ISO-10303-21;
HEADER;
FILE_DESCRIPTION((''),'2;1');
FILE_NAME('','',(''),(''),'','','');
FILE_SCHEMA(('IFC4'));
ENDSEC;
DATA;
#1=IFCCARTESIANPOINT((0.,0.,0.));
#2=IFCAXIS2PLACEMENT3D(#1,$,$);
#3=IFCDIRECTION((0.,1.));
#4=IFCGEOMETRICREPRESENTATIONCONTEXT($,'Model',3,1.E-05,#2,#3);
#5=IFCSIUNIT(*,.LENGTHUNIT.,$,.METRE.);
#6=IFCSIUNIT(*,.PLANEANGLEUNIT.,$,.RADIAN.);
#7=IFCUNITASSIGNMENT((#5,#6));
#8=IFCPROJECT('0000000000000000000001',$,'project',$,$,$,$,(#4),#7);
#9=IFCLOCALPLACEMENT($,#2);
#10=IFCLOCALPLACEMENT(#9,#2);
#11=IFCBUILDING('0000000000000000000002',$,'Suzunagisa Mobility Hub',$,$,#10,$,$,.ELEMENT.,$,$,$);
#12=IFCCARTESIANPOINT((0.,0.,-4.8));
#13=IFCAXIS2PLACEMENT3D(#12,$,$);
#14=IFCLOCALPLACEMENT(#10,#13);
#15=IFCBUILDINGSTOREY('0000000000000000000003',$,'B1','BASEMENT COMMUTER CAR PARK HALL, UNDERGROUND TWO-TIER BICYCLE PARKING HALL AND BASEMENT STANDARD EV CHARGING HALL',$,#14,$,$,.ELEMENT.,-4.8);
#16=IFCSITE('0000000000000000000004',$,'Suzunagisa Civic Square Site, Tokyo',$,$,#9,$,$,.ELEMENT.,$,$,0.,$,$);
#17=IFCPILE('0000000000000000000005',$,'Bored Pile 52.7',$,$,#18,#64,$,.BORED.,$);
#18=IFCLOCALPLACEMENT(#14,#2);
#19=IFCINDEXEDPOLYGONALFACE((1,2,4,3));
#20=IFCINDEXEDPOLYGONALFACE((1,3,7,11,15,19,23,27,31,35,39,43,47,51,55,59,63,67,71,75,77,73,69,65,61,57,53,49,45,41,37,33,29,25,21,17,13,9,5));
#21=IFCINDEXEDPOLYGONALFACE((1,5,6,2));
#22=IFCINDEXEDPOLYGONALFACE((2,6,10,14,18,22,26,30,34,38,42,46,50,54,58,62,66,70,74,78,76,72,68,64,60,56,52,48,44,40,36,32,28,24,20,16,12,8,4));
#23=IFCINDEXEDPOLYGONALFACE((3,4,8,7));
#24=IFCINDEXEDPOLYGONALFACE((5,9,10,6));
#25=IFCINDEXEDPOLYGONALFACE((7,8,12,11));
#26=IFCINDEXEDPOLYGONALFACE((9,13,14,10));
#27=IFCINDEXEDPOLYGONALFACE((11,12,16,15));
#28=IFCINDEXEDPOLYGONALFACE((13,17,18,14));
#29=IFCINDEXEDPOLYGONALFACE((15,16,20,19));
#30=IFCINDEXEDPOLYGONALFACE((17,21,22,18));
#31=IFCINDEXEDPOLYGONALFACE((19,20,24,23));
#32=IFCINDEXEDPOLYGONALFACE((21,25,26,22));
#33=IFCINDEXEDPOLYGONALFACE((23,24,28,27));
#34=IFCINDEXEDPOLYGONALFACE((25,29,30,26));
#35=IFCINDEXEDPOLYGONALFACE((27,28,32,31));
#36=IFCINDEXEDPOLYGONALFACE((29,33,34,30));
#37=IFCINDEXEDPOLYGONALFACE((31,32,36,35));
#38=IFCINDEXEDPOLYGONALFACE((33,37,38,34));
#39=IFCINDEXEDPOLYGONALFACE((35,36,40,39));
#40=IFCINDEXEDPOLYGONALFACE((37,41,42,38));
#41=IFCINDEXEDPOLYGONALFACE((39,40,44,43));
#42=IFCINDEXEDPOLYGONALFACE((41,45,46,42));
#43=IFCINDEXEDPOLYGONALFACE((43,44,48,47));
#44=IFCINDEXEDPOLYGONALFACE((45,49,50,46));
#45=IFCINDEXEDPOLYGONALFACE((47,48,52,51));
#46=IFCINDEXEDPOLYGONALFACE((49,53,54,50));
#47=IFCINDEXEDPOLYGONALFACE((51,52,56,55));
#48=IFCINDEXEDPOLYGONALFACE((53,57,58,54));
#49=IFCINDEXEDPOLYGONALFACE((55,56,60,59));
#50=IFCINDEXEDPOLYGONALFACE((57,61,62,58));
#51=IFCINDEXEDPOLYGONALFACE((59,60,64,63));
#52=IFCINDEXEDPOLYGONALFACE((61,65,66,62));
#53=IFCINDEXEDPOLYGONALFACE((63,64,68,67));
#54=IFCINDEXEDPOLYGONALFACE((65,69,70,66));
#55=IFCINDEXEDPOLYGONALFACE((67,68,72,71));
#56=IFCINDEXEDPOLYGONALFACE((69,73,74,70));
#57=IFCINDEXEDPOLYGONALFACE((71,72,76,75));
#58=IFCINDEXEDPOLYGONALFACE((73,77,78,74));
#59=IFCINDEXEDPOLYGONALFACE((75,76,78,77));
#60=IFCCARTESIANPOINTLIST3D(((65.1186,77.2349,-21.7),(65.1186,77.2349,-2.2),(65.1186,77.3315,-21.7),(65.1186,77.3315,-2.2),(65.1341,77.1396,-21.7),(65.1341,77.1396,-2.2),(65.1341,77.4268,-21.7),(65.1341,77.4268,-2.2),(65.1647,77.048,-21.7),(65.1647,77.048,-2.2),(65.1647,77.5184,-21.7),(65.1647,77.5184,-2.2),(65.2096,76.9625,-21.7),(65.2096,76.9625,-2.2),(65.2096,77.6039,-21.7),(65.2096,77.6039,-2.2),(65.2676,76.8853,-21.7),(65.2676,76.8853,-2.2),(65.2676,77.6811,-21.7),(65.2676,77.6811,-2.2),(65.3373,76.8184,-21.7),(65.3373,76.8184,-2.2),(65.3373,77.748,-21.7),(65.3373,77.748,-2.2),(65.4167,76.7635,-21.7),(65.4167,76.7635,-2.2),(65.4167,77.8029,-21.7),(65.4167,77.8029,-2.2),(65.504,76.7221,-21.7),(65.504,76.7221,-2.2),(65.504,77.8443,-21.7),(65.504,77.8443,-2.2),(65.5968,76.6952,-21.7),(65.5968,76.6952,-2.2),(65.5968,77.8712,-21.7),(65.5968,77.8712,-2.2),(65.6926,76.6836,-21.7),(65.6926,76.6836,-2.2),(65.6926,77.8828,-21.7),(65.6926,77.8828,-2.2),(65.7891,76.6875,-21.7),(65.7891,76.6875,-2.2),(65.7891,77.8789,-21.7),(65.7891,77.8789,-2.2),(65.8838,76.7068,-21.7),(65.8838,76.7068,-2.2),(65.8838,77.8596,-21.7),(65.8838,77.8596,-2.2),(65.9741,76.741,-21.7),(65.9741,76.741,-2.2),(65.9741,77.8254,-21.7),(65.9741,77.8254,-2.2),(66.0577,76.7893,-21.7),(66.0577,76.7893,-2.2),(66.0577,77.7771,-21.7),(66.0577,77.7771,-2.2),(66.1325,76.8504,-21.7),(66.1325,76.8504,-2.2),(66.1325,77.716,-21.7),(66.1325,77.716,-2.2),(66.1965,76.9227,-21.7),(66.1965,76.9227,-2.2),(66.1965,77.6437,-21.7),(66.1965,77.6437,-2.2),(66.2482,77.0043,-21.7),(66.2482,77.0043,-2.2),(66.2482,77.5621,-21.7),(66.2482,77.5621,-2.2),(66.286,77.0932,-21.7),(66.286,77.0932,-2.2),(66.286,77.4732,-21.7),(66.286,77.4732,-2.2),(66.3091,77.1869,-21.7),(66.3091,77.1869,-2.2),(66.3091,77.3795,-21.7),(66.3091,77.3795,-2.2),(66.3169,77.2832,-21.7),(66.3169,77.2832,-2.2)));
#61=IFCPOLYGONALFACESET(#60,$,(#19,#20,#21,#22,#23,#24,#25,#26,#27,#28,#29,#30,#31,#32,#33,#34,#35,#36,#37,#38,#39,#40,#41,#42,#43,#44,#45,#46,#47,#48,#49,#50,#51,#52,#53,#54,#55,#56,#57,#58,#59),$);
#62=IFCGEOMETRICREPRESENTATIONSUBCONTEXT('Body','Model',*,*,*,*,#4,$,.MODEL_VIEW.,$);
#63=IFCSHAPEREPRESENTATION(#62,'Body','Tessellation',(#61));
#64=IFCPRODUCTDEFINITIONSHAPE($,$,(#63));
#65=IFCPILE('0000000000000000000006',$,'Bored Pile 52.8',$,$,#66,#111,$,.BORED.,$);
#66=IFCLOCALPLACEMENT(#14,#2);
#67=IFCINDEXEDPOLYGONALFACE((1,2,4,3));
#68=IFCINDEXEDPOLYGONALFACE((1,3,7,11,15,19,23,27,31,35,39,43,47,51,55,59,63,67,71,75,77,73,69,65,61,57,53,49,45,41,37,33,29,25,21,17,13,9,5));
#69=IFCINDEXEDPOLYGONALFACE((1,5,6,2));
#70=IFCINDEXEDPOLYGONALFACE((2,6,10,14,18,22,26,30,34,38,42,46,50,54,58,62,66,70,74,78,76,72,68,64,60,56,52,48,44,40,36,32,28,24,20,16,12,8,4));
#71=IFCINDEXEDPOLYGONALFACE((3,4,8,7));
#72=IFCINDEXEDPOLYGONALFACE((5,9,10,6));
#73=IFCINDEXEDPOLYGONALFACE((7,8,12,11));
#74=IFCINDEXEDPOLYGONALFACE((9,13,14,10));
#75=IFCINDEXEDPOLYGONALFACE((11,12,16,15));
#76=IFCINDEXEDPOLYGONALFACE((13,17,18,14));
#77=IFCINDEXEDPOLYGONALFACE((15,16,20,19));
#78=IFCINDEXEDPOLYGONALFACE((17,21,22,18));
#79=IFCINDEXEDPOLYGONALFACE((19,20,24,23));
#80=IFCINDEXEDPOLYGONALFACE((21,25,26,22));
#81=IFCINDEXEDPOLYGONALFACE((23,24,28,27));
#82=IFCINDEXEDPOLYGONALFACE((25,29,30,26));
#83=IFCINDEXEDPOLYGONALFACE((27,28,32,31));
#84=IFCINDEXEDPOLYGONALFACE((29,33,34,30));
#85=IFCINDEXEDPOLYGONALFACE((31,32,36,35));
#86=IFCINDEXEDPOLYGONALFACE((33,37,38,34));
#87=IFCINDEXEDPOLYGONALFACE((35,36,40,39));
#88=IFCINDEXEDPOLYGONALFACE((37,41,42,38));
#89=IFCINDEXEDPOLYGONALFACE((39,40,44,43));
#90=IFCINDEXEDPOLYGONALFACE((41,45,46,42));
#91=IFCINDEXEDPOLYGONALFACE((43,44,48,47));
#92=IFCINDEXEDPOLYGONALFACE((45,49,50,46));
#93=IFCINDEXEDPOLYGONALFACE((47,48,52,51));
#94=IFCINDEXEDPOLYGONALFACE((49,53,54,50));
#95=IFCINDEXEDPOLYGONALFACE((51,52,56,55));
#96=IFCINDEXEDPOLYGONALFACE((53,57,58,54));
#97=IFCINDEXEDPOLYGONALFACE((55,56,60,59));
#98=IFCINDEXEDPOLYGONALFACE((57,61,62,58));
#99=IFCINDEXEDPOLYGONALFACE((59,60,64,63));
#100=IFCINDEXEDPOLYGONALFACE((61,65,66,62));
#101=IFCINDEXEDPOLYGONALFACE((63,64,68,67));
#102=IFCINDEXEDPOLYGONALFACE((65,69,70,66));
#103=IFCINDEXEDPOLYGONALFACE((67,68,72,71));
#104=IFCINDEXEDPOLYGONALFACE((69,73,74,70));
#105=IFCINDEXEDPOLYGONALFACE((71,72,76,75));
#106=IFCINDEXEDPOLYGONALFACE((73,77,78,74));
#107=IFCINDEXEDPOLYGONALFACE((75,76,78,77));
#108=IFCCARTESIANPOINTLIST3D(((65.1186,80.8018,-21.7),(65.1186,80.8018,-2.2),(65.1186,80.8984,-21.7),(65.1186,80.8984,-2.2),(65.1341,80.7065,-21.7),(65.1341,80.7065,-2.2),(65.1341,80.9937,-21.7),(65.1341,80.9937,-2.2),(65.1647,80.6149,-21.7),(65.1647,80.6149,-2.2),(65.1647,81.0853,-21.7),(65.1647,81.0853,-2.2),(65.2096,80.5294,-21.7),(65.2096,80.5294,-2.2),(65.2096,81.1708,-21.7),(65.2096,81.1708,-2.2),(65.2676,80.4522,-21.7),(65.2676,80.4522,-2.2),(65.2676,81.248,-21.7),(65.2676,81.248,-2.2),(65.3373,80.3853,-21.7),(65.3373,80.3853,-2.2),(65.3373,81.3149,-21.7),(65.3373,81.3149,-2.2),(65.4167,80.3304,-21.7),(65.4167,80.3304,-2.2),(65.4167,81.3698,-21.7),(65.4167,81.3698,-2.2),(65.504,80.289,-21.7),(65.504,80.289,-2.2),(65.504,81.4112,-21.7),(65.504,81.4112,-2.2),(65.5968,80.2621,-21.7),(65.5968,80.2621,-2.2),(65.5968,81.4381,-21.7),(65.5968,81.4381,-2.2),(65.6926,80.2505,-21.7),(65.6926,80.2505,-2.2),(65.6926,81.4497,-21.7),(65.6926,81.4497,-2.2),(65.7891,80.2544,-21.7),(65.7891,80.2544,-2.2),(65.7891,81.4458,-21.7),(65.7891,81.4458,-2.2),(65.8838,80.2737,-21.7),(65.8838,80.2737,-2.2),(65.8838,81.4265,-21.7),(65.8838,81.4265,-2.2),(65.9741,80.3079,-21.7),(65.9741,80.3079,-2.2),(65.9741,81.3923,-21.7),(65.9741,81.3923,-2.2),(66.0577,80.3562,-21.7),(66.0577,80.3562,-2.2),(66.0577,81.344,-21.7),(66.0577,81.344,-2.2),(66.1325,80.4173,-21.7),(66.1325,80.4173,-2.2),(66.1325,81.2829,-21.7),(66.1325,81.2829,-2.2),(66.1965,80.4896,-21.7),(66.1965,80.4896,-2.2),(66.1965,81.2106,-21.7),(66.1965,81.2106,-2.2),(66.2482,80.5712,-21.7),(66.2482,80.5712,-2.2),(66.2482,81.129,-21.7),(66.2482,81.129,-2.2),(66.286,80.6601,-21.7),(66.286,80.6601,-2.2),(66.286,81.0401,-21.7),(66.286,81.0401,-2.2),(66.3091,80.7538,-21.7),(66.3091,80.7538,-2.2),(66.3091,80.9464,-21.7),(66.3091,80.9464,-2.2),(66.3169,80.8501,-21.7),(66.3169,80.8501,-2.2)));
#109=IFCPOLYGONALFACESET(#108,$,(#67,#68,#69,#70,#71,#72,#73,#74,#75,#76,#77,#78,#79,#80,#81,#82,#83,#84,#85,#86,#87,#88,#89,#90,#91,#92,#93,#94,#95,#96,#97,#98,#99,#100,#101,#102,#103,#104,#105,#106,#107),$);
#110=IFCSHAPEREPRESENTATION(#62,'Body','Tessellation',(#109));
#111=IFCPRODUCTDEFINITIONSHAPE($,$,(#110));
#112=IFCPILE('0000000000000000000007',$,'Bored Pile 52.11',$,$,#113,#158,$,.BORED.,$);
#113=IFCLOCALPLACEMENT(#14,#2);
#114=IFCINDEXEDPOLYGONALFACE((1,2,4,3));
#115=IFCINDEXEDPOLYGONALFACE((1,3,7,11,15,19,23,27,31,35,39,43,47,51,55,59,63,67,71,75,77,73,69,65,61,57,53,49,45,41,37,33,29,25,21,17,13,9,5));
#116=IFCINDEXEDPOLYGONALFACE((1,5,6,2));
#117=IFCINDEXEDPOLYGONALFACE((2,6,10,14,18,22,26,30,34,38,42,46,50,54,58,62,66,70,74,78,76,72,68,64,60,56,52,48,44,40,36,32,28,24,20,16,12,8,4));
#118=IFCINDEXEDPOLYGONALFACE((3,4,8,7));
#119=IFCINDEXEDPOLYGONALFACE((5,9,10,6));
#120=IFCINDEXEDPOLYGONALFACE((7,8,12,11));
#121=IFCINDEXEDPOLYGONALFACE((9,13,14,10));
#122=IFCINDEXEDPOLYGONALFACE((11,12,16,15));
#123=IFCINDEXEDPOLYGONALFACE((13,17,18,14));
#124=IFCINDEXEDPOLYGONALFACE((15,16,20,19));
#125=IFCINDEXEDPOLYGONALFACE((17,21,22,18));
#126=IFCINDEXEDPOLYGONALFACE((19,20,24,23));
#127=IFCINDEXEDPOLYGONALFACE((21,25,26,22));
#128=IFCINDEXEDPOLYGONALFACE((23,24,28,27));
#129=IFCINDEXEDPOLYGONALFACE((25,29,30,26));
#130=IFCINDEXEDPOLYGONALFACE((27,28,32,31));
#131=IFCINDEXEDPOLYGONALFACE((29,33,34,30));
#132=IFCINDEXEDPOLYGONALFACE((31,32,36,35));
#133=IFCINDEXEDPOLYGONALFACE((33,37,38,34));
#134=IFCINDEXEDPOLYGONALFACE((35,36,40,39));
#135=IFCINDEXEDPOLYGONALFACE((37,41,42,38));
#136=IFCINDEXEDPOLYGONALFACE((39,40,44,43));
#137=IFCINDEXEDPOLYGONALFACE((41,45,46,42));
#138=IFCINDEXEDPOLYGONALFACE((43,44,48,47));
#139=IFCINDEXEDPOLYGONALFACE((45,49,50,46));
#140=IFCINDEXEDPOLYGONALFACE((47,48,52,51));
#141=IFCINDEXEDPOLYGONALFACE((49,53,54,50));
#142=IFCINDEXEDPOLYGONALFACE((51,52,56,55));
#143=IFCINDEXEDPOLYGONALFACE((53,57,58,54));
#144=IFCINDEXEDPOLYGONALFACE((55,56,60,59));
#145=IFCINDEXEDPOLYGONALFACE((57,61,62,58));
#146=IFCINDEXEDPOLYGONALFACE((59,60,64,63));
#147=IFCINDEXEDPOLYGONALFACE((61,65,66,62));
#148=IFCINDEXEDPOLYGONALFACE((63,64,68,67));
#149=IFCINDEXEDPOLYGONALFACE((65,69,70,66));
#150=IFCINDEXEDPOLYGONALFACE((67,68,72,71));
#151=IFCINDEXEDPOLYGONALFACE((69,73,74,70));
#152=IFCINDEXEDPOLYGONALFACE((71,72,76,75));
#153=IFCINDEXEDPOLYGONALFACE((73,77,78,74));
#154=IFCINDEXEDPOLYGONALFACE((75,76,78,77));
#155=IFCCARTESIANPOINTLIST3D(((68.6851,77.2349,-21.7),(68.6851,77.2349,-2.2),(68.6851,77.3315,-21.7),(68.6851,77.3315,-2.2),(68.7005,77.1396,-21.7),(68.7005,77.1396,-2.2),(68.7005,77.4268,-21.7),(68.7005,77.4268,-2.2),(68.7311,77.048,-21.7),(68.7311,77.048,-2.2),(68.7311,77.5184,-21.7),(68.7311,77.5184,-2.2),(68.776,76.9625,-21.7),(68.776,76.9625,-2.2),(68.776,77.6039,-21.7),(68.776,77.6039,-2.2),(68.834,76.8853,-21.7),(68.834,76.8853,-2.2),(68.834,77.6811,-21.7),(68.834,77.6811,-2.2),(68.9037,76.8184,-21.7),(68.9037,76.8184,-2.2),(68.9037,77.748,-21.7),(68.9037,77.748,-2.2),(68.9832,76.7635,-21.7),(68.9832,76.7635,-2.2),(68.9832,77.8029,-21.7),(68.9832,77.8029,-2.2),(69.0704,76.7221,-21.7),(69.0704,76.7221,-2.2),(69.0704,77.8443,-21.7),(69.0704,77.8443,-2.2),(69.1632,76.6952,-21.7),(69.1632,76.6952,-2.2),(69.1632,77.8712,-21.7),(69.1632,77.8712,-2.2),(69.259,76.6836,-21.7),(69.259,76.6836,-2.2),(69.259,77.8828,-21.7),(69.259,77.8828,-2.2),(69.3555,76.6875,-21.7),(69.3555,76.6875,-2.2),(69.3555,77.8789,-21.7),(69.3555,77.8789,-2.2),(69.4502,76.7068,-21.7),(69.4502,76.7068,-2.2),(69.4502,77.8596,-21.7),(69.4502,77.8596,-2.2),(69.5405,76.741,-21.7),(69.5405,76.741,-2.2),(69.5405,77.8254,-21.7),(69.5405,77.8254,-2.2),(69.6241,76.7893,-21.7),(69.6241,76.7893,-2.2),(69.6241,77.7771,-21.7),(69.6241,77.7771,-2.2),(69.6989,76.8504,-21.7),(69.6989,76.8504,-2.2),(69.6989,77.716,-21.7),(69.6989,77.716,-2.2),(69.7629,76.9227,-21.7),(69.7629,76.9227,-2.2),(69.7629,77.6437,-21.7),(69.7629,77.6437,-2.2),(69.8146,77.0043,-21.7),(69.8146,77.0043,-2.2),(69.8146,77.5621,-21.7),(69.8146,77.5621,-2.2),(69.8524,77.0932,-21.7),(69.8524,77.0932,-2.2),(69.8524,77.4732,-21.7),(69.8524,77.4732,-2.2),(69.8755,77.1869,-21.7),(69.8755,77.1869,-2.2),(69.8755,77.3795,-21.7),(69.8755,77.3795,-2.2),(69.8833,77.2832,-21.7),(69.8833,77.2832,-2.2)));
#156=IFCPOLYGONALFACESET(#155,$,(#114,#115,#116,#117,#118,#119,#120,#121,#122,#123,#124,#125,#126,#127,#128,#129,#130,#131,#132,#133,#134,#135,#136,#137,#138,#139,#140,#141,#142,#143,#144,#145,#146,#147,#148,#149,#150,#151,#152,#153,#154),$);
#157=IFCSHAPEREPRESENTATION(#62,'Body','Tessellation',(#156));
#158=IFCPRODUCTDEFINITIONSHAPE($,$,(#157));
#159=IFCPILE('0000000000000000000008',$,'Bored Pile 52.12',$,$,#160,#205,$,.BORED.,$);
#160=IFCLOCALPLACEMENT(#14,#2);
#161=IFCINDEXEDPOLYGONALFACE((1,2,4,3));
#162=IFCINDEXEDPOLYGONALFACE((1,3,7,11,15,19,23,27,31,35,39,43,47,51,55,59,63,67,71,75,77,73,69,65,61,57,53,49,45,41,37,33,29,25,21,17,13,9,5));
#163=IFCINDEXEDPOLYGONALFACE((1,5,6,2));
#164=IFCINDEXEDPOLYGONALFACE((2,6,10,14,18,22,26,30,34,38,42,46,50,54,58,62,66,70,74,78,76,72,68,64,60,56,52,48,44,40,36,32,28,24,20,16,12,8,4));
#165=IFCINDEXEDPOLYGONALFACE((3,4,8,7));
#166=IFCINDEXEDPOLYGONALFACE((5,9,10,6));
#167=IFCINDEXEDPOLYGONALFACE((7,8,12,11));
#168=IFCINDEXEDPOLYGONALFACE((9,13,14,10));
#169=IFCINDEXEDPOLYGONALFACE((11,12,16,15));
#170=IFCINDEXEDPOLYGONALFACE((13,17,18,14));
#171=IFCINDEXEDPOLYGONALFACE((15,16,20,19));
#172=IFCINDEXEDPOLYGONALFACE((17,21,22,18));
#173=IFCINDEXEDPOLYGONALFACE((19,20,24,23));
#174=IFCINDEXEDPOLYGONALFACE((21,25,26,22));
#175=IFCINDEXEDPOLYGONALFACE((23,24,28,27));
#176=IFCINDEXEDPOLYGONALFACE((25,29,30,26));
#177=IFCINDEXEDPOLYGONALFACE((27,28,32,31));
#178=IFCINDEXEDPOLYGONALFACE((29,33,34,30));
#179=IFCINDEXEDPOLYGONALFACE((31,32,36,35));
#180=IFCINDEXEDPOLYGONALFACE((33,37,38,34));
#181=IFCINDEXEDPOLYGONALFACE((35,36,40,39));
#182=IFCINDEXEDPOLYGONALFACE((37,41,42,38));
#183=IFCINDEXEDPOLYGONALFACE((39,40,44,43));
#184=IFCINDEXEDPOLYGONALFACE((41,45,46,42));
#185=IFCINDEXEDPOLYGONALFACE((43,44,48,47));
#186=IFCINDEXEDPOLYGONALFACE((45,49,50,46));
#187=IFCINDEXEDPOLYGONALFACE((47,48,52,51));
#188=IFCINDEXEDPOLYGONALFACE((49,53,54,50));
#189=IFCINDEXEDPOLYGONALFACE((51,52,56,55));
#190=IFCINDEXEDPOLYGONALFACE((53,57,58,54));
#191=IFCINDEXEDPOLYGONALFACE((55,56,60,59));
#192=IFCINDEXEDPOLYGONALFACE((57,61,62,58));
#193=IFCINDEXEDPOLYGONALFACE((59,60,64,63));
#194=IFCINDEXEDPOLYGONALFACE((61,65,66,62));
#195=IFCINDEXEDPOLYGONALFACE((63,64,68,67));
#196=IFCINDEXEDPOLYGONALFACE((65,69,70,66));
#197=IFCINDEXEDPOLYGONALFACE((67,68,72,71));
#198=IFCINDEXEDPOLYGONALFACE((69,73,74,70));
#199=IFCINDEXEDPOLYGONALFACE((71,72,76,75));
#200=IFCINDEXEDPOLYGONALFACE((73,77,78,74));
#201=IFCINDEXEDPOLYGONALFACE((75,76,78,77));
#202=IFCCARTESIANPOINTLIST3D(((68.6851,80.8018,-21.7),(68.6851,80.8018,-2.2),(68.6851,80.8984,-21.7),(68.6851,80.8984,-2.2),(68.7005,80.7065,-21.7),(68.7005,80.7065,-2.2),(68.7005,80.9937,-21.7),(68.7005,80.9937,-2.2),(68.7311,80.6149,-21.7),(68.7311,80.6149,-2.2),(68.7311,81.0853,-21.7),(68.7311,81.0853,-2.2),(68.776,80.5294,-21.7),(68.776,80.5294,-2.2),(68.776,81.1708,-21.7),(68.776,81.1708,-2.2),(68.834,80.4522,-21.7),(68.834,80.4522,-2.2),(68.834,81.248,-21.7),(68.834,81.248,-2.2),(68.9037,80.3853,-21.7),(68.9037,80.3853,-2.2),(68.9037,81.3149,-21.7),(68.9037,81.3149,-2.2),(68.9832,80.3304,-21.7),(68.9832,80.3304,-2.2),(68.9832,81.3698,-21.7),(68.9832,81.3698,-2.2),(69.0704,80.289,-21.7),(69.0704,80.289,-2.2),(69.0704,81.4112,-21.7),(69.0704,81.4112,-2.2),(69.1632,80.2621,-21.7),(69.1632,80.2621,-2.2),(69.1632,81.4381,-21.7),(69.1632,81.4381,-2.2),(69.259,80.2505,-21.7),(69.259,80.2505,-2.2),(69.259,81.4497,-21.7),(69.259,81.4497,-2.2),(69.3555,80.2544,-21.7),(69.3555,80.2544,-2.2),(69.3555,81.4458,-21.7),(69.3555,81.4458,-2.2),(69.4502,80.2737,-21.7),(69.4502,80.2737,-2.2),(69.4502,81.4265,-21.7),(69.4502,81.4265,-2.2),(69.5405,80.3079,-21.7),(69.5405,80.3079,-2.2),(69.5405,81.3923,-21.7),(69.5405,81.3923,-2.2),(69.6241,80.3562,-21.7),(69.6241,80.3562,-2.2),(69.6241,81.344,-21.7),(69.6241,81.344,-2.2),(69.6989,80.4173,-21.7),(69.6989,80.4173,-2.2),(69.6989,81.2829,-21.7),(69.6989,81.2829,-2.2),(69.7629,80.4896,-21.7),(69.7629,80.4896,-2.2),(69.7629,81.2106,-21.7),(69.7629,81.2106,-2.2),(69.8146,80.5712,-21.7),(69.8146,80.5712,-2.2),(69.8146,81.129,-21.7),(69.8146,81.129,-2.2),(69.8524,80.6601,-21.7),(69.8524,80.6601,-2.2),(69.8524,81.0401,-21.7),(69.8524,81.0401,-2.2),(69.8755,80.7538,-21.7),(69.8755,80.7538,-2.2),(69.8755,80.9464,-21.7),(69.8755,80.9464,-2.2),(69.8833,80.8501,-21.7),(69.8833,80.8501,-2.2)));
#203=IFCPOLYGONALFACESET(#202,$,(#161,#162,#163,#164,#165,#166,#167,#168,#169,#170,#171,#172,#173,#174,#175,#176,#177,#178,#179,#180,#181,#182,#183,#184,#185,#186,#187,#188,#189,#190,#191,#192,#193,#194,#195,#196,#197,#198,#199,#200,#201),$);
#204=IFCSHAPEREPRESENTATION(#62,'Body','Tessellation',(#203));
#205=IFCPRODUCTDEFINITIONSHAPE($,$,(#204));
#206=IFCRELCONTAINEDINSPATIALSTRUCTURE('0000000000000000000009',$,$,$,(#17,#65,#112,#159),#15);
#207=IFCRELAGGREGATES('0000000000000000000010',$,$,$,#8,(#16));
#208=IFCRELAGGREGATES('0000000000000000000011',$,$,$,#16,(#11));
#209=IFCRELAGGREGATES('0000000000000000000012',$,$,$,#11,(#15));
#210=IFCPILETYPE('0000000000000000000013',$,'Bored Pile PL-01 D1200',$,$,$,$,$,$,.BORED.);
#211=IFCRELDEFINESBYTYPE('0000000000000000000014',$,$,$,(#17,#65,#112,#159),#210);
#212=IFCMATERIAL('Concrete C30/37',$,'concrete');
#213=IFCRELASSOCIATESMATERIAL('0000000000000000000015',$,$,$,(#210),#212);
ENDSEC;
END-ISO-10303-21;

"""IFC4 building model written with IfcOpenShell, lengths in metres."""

from ifc_helpers import new_model, si_unit, direction, frame, origin, origin_2d, place, context, subcontext, project, spatial, circle, extrude, material, material_profile, profile_set, type_object, element, save


model = new_model("IFC4")

# Units and contexts
model_context = context("Model", 3, precision=1e-05, world=origin(), true_north=direction((0.0, 1.0)))
body_context = subcontext(model_context, "Body", "Model", "MODEL_VIEW")
ifc_project = project(units=[si_unit("LENGTHUNIT", "METRE"), si_unit("PLANEANGLEUNIT", "RADIAN")], contexts=[model_context])

# Site, building, storey
site_placement = place(None, origin())
site = spatial("IfcSite", under=ifc_project, at=site_placement, Name="Suzunagisa Civic Square Site, Tokyo", CompositionType="ELEMENT", RefElevation=0.0)
building_placement = place(site_placement, origin())
building = spatial("IfcBuilding", under=site, at=building_placement, Name="Suzunagisa Mobility Hub", CompositionType="ELEMENT")
storey_placement = place(building_placement, frame((0.0, 0.0, -4.8)))
storey = spatial("IfcBuildingStorey", under=building, at=storey_placement, Name="B1", Description="BASEMENT COMMUTER CAR PARK HALL, UNDERGROUND TWO-TIER BICYCLE PARKING HALL AND BASEMENT STANDARD EV CHARGING HALL", CompositionType="ELEMENT", Elevation=-4.8)

# Piles
ifc_material_1 = material(Name="Concrete C30/37", Category="concrete")
ifc_material_profile_1 = material_profile(ifc_material_1, circle(Radius=0.6001, at=origin_2d()), Name="BORED PILE D1200")
ifc_profile_set_1 = profile_set([ifc_material_profile_1], Name="Concrete C30/37")
pile_type = type_object("IfcPileType", Name="Bored Pile PL-01 D1200", PredefinedType="BORED", material=ifc_profile_set_1)
for number, where, z_axis, x_axis, name in (
    (1, (65.7168, 77.2832, -2.2), (0.0, 0.0, -1.0), (1.0, 0.0, 0.0), "Bored Pile 52.7"),
    (2, (65.7168, 80.8501, -2.2), (0.0, 0.0, -1.0), (1.0, 0.0, 0.0), "Bored Pile 52.8"),
    (3, (69.2832, 77.2832, -2.2), (0.0, 0.0, -1.0), (1.0, 0.0, 0.0), "Bored Pile 52.11"),
    (4, (69.2832, 80.8501, -2.2), (0.0, 0.0, -1.0), (1.0, 0.0, 0.0), "Bored Pile 52.12"),
):
    element("IfcPile", number, at=place(storey_placement, frame(where, z_axis=z_axis, x_axis=x_axis)), inside=storey, type_object=pile_type, Name=name, PredefinedType="BORED", context=body_context, shape_type="SweptSolid", body=[
        extrude(circle(Radius=0.6001, at=origin_2d()), origin(), (0.0, 0.0, 1.0), 19.5),
    ])

save(model, "model.ifc")
